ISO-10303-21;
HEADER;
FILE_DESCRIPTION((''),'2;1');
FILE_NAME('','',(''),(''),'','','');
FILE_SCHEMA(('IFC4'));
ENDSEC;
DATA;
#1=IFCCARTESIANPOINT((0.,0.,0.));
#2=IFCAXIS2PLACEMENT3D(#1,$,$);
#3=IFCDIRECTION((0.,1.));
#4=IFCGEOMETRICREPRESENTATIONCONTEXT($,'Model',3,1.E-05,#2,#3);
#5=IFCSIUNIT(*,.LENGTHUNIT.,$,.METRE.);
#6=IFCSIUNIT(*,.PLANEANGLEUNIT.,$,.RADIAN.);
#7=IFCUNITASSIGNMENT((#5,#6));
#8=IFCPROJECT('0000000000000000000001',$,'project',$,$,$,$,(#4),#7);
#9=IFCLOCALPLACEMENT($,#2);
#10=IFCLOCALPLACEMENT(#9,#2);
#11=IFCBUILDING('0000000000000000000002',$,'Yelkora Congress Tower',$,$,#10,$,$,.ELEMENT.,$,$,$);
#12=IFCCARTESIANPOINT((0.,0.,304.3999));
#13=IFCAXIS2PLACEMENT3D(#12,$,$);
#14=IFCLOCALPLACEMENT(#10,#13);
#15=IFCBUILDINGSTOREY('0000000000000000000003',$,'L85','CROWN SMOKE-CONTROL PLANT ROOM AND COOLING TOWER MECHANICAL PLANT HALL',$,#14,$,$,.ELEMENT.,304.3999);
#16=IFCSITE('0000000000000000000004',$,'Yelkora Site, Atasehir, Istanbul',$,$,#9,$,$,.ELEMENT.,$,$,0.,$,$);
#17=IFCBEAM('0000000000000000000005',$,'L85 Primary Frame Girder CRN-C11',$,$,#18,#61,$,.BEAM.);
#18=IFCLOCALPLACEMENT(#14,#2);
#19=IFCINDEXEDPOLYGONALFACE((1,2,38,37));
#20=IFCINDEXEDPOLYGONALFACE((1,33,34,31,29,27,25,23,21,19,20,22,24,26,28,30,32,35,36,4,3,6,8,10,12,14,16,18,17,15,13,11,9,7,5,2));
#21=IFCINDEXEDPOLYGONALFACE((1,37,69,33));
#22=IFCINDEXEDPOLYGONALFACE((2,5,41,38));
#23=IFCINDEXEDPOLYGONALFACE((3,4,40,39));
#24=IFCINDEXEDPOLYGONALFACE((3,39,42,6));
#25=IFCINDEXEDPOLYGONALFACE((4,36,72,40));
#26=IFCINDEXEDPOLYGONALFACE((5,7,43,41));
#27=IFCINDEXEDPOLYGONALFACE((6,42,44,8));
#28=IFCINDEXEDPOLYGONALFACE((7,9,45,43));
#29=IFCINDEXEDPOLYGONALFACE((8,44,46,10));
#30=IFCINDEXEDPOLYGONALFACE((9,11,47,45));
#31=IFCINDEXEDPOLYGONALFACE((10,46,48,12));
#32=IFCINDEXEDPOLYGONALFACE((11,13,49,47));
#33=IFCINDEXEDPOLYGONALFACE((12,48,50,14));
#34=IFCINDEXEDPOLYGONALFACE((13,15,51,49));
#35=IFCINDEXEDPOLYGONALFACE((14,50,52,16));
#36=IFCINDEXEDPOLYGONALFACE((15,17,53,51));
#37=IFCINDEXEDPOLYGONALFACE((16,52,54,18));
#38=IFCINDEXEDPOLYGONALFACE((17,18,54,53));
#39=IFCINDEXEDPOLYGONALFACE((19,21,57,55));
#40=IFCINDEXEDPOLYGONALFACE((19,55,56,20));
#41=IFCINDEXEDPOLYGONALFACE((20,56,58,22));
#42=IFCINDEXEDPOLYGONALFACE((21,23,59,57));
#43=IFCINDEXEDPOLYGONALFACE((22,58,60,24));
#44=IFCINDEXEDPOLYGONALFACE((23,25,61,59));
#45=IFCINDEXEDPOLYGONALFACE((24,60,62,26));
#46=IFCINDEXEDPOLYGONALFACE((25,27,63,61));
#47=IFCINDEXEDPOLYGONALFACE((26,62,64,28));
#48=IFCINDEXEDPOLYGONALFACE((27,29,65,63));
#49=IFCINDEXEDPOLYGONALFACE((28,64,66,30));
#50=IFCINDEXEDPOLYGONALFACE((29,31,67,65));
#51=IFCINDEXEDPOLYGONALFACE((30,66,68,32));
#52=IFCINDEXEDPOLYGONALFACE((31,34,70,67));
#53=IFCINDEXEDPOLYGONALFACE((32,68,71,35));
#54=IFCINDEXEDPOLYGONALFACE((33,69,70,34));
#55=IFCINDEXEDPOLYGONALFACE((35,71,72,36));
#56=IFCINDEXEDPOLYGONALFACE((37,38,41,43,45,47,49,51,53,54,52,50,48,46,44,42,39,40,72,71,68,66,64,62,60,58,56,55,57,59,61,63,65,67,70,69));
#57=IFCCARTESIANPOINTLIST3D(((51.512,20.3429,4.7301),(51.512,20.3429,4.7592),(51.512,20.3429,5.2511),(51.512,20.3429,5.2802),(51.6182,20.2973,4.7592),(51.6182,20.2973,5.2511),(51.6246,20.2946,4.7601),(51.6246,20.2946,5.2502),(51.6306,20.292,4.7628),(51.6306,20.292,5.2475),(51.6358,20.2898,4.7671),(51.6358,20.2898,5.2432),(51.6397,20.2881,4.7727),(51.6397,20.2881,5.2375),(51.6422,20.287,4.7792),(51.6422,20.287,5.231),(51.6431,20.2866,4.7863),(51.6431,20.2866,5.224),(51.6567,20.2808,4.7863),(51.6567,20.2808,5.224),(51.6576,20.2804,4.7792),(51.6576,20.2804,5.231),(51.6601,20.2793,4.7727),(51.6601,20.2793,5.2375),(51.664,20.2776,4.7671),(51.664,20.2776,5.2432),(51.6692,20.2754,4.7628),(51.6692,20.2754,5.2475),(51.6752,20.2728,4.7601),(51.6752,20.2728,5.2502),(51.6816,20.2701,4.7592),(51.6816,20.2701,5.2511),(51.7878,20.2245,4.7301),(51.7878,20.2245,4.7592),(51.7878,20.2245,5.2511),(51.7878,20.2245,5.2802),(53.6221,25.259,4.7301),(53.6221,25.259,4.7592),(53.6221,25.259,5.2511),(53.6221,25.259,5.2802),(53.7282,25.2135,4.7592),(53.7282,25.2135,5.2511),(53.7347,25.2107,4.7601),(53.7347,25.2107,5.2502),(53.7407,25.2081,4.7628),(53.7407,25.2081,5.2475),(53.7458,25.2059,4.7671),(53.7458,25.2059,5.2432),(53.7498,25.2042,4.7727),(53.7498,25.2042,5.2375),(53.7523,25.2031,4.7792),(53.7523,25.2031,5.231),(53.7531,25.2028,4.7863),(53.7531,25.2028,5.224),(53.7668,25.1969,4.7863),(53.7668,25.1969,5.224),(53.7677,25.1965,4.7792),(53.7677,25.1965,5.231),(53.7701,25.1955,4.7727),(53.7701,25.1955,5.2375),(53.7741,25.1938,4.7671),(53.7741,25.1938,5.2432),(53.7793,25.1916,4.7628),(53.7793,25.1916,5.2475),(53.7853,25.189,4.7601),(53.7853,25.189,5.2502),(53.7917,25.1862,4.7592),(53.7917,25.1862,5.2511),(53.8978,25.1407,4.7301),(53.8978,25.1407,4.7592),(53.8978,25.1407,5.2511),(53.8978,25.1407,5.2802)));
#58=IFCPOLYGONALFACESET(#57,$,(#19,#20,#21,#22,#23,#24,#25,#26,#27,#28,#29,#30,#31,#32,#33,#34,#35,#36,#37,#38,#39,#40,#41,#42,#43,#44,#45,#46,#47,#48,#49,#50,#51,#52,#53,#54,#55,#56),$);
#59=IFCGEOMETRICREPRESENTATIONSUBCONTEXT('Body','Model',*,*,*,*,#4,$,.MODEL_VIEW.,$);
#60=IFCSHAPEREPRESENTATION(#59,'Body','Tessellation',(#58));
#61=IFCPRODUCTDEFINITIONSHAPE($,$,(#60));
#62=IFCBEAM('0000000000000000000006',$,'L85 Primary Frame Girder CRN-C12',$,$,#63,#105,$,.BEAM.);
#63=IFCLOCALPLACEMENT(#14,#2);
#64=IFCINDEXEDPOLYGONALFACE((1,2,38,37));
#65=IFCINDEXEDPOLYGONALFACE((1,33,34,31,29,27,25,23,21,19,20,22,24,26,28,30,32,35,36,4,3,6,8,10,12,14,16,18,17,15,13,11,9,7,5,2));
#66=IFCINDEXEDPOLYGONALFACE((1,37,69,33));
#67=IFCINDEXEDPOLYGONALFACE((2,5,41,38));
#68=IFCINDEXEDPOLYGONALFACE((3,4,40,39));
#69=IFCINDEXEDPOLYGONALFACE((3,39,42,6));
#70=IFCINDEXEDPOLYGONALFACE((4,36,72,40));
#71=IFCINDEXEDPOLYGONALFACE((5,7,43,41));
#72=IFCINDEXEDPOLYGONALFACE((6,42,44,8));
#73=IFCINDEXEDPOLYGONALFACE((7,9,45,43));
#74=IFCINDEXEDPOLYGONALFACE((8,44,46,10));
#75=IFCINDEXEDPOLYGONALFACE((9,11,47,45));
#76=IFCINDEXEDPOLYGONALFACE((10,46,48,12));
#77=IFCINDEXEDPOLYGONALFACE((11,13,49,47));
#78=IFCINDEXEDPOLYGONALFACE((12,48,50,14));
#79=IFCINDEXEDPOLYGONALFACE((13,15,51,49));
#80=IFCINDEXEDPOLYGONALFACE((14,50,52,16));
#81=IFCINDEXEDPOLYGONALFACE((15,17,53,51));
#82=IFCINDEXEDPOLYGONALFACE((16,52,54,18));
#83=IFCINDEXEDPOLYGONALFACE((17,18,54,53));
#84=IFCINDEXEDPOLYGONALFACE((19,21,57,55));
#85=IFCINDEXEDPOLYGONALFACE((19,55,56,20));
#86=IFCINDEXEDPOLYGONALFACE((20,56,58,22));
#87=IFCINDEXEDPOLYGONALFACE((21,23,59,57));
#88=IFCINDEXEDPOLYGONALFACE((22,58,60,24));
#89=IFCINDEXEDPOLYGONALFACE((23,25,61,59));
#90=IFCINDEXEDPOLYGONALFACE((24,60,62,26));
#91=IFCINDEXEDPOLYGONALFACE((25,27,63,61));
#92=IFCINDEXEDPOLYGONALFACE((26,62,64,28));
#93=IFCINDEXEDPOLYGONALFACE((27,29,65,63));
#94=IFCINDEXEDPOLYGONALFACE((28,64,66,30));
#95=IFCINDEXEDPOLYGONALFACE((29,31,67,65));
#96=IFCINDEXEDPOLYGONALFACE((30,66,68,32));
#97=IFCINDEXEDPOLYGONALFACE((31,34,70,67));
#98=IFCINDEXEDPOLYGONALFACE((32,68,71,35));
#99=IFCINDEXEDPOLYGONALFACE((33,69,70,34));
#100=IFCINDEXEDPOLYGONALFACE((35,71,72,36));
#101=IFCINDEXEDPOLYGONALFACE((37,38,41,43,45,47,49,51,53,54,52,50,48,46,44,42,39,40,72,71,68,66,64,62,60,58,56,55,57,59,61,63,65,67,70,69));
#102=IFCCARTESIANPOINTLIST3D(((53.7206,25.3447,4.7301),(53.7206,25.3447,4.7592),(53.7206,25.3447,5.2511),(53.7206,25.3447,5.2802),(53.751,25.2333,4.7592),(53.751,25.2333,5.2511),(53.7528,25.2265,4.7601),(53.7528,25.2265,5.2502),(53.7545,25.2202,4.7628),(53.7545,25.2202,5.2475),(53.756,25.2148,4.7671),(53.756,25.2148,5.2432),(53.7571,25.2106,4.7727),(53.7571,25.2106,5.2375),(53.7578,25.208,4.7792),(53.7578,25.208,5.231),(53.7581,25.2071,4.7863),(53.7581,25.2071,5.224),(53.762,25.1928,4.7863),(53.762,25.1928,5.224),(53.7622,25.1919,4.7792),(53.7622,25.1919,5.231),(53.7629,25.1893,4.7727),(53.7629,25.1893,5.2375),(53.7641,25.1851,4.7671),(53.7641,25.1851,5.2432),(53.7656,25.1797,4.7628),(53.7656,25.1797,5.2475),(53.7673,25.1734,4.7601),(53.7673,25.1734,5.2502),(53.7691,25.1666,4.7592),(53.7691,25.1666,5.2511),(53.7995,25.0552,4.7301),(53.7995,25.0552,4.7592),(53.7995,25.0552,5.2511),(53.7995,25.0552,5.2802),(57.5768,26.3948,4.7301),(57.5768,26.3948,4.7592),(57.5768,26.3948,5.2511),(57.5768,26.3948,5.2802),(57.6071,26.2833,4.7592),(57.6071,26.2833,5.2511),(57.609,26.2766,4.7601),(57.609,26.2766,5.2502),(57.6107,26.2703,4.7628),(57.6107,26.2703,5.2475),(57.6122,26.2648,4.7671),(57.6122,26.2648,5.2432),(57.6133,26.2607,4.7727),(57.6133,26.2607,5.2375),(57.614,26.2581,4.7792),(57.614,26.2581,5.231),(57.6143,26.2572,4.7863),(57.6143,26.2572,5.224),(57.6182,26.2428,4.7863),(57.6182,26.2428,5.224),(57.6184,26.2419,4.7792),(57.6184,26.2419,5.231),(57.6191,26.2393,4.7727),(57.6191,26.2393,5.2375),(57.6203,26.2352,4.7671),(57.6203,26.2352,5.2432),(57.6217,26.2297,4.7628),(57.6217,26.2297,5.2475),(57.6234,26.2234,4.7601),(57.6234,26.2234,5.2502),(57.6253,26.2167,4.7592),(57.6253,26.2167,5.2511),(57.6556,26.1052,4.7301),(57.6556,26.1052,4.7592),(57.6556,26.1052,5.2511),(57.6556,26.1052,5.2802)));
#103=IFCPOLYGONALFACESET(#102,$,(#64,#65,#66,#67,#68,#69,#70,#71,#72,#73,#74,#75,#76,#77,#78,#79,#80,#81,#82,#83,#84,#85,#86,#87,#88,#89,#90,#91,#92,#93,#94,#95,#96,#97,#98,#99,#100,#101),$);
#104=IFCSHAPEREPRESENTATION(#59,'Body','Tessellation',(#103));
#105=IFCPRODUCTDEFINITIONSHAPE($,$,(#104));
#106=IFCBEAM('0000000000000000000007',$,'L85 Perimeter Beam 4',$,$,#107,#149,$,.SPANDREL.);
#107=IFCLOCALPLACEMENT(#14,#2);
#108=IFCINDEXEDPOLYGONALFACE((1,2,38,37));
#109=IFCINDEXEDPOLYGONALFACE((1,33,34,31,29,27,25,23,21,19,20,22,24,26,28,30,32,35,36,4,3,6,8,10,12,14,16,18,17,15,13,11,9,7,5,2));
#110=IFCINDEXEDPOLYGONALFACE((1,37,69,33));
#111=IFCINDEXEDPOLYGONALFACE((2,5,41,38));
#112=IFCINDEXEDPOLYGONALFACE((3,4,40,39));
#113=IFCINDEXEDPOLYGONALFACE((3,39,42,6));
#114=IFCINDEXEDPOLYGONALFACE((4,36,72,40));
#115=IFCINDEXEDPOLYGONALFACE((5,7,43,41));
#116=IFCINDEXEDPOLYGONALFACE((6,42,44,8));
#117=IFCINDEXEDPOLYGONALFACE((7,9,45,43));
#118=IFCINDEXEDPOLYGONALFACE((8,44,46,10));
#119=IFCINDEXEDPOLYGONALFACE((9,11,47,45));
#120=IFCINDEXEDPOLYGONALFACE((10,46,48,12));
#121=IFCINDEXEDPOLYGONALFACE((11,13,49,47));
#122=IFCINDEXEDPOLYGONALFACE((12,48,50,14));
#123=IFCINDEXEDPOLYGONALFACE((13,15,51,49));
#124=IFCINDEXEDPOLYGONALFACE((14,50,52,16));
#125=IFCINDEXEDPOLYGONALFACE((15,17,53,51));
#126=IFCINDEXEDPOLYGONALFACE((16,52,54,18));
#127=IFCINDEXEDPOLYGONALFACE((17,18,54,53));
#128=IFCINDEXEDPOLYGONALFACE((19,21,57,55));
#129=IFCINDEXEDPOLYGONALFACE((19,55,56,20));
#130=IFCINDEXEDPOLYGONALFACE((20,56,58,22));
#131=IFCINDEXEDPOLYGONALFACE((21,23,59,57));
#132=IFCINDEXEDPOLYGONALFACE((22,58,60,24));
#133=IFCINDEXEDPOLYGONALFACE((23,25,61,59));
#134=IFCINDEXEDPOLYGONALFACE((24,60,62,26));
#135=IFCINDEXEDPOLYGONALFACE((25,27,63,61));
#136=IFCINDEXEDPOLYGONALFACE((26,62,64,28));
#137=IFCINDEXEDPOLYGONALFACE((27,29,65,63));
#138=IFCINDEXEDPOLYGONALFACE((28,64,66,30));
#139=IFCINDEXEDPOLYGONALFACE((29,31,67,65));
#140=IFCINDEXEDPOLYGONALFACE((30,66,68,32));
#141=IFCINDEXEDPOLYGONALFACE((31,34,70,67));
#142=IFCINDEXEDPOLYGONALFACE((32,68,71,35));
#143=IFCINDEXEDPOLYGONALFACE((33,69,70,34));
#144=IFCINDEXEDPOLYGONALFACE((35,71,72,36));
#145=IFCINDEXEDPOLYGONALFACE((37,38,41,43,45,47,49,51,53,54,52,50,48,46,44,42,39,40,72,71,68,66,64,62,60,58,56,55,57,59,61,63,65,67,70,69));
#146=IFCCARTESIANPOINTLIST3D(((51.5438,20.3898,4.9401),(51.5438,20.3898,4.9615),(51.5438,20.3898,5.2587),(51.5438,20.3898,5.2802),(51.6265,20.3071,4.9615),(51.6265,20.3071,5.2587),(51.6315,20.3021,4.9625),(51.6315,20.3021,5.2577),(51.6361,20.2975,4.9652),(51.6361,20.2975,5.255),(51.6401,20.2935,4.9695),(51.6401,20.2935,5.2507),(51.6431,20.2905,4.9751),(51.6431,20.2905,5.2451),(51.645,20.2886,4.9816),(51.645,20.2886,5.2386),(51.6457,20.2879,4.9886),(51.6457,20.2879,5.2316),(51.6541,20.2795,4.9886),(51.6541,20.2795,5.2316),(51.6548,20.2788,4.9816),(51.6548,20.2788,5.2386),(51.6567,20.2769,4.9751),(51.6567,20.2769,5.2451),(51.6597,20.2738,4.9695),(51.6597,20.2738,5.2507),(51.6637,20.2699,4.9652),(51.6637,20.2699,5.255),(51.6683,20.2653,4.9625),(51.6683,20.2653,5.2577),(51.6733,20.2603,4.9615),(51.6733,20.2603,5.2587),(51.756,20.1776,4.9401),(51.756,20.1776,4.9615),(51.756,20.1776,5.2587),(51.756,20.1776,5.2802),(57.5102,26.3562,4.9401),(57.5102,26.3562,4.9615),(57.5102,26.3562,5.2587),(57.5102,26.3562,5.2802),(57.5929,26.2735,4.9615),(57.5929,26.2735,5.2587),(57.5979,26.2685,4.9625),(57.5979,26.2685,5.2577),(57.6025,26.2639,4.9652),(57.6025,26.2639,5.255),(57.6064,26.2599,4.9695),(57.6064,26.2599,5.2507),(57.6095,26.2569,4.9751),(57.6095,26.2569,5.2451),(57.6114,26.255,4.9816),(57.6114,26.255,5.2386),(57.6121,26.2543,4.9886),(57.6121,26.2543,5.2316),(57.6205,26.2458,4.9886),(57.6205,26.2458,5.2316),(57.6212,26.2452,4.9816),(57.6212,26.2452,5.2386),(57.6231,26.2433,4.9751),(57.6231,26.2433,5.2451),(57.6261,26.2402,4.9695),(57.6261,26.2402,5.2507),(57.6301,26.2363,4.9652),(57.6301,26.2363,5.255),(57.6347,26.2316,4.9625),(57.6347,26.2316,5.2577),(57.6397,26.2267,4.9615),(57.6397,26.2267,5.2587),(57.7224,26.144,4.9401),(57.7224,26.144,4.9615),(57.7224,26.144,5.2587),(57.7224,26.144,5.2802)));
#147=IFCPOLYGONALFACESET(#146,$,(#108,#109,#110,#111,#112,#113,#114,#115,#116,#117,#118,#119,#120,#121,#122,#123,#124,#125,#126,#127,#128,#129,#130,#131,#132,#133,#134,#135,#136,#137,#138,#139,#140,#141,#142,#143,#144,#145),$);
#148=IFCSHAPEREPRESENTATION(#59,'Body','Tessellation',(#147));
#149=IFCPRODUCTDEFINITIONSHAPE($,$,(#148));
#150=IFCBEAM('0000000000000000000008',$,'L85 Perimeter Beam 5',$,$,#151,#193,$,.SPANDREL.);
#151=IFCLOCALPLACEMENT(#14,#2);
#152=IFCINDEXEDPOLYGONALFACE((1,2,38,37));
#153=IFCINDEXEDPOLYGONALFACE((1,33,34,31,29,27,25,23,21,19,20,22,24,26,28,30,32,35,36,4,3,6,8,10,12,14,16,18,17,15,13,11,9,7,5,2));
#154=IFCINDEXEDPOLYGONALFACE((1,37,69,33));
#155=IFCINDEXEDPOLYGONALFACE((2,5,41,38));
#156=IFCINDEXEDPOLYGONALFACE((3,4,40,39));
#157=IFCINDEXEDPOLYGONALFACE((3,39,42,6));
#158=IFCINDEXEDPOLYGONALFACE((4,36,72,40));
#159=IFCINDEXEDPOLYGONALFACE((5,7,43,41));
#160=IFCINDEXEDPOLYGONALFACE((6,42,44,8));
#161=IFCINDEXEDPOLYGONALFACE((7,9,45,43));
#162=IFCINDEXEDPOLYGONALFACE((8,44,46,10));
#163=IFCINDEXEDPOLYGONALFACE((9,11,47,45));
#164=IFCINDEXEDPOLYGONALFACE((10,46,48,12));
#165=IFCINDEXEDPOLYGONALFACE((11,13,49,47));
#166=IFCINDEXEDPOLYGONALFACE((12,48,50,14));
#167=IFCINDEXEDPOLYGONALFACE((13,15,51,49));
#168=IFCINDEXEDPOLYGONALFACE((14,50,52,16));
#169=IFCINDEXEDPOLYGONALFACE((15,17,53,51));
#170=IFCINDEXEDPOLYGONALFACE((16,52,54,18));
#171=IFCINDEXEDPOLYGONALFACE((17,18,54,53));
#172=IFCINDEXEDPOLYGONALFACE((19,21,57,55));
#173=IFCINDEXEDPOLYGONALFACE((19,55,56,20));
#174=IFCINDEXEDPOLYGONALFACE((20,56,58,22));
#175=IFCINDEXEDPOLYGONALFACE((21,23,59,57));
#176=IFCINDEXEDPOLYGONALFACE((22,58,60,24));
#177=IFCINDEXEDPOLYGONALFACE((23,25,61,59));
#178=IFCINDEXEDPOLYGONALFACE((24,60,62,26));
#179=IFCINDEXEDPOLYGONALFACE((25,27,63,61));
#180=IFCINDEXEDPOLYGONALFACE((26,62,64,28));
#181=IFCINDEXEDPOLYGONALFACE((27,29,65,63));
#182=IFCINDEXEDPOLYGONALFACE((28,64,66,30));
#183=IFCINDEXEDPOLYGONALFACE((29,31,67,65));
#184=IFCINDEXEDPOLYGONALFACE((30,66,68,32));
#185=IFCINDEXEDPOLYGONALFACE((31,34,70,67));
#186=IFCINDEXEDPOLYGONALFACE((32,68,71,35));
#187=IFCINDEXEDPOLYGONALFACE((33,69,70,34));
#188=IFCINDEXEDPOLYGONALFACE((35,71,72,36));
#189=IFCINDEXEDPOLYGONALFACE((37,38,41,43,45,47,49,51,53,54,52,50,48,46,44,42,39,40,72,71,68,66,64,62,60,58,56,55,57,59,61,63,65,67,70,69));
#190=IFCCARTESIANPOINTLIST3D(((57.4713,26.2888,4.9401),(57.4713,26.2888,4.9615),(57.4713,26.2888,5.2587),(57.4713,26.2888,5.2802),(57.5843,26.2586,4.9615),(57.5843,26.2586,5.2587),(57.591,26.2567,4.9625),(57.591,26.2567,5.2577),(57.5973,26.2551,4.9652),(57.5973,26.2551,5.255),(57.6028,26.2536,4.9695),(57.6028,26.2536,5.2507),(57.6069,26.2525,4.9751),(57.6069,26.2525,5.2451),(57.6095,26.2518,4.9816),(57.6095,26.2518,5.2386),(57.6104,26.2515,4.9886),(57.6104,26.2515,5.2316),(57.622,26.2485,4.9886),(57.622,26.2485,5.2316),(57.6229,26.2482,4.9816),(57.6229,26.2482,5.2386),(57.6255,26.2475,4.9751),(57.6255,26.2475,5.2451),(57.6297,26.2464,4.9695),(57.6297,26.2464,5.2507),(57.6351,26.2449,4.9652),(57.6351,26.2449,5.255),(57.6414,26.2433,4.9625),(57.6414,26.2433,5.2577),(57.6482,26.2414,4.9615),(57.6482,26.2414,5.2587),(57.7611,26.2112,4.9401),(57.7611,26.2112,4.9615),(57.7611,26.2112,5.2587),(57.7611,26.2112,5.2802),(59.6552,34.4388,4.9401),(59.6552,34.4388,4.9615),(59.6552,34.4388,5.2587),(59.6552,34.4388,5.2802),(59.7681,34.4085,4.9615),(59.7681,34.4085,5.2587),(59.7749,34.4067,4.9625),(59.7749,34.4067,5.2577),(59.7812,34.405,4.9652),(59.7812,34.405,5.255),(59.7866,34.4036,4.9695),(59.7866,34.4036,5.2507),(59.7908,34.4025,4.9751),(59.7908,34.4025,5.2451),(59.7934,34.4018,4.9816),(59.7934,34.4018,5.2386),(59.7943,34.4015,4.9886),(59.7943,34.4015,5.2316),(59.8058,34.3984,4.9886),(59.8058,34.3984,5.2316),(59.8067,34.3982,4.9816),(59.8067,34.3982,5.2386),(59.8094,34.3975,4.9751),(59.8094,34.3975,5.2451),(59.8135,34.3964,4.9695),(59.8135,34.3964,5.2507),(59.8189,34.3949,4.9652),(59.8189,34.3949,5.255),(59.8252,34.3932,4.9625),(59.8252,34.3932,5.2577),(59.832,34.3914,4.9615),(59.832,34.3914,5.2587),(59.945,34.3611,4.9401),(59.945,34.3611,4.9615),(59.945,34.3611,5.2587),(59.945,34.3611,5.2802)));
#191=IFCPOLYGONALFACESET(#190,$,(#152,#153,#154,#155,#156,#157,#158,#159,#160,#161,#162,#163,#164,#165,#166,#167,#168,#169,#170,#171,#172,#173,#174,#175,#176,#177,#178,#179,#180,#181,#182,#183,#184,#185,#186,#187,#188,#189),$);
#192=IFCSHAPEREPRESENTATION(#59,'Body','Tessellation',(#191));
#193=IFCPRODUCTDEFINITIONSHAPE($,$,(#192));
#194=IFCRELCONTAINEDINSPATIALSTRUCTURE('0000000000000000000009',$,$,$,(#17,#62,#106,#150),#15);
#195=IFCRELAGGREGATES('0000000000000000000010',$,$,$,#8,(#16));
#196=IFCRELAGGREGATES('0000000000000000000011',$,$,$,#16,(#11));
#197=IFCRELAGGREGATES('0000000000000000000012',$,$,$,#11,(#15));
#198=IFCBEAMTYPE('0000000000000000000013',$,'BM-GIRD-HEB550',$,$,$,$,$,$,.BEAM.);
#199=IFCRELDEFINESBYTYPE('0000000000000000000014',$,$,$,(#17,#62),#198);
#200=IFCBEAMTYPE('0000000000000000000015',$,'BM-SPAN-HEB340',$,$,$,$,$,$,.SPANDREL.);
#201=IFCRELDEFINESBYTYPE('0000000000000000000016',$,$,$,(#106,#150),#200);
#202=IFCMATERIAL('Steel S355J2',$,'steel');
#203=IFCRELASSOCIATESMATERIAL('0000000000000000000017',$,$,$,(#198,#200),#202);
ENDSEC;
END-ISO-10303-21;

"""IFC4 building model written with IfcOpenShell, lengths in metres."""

from ifc_helpers import new_model, si_unit, direction, frame, origin, origin_2d, place, context, subcontext, project, spatial, i_section, extrude, material, material_profile, profile_set, type_object, element, save


model = new_model("IFC4")

# Units and contexts
model_context = context("Model", 3, precision=1e-05, world=origin(), true_north=direction((0.0, 1.0)))
body_context = subcontext(model_context, "Body", "Model", "MODEL_VIEW")
ifc_project = project(units=[si_unit("LENGTHUNIT", "METRE"), si_unit("PLANEANGLEUNIT", "RADIAN")], contexts=[model_context])

# Site, building, storey
site_placement = place(None, origin())
site = spatial("IfcSite", under=ifc_project, at=site_placement, Name="Yelkora Site, Atasehir, Istanbul", CompositionType="ELEMENT", RefElevation=0.0)
building_placement = place(site_placement, origin())
building = spatial("IfcBuilding", under=site, at=building_placement, Name="Yelkora Congress Tower", CompositionType="ELEMENT")
storey_placement = place(building_placement, frame((0.0, 0.0, 304.3999)))
storey = spatial("IfcBuildingStorey", under=building, at=storey_placement, Name="L85", Description="CROWN SMOKE-CONTROL PLANT ROOM AND COOLING TOWER MECHANICAL PLANT HALL", CompositionType="ELEMENT", Elevation=304.3999)

# Shared definitions
ifc_material_1 = material(Name="Steel S355J2", Category="steel")

# Beams
ifc_material_profile_1 = material_profile(ifc_material_1, i_section(OverallWidth=0.3, OverallDepth=0.55, WebThickness=0.0149, FlangeThickness=0.0291, FilletRadius=0.0271, at=origin_2d()), Name="HEB 550")
ifc_profile_set_1 = profile_set([ifc_material_profile_1], Name="Steel S355J2")
beam_type_1 = type_object("IfcBeamType", Name="BM-GIRD-HEB550", PredefinedType="BEAM", material=ifc_profile_set_1)
beam_1_placement = place(storey_placement, frame((51.6499, 20.2837, 5.0051), z_axis=(0.394415, 0.918932, 0.0), x_axis=(-0.918932, 0.394415, 0.0)))
element("IfcBeam", 1, at=beam_1_placement, inside=storey, type_object=beam_type_1, Name="L85 Primary Frame Girder CRN-C11", PredefinedType="BEAM", context=body_context, shape_type="SweptSolid", body=[
    extrude(i_section(OverallWidth=0.3, OverallDepth=0.55, WebThickness=0.0149, FlangeThickness=0.0291, FilletRadius=0.0271, at=origin_2d()), origin(), (0.0, 0.0, 1.0), 5.3499),
])
beam_2_placement = place(storey_placement, frame((57.6162, 26.25, 5.0051), z_axis=(-0.964868, -0.262735, 0.0), x_axis=(0.262735, -0.964868, 0.0)))
element("IfcBeam", 2, at=beam_2_placement, inside=storey, type_object=beam_type_1, Name="L85 Primary Frame Girder CRN-C12", PredefinedType="BEAM", context=body_context, shape_type="SweptSolid", body=[
    extrude(i_section(OverallWidth=0.3, OverallDepth=0.55, WebThickness=0.0149, FlangeThickness=0.0291, FilletRadius=0.0271, at=origin_2d()), origin(), (0.0, 0.0, 1.0), 3.9966),
])
ifc_material_profile_2 = material_profile(ifc_material_1, i_section(OverallWidth=0.3, OverallDepth=0.3401, WebThickness=0.012, FlangeThickness=0.0215, FilletRadius=0.0271, at=origin_2d()), Name="HEB 340")
ifc_profile_set_2 = profile_set([ifc_material_profile_2], Name="Steel S355J2")
beam_type_2 = type_object("IfcBeamType", Name="BM-SPAN-HEB340", PredefinedType="SPANDREL", material=ifc_profile_set_2)
beam_3_placement = place(storey_placement, frame((51.6499, 20.2837, 5.1101), z_axis=(0.707107, 0.707107, 0.0), x_axis=(-0.707107, 0.707107, 0.0)))
element("IfcBeam", 3, at=beam_3_placement, inside=storey, type_object=beam_type_2, Name="L85 Perimeter Beam 4", PredefinedType="SPANDREL", context=body_context, shape_type="SweptSolid", body=[
    extrude(i_section(OverallWidth=0.3, OverallDepth=0.3401, WebThickness=0.012, FlangeThickness=0.0215, FilletRadius=0.0271, at=origin_2d()), origin(), (0.0, 0.0, 1.0), 8.4377),
])
beam_4_placement = place(storey_placement, frame((57.6162, 26.25, 5.1101), z_axis=(0.258828, 0.965924, 0.0), x_axis=(-0.965924, 0.258828, 0.0)))
element("IfcBeam", 4, at=beam_4_placement, inside=storey, type_object=beam_type_2, Name="L85 Perimeter Beam 5", PredefinedType="SPANDREL", context=body_context, shape_type="SweptSolid", body=[
    extrude(i_section(OverallWidth=0.3, OverallDepth=0.3401, WebThickness=0.012, FlangeThickness=0.0215, FilletRadius=0.0271, at=origin_2d()), origin(), (0.0, 0.0, 1.0), 8.4375),
])

save(model, "model.ifc")
